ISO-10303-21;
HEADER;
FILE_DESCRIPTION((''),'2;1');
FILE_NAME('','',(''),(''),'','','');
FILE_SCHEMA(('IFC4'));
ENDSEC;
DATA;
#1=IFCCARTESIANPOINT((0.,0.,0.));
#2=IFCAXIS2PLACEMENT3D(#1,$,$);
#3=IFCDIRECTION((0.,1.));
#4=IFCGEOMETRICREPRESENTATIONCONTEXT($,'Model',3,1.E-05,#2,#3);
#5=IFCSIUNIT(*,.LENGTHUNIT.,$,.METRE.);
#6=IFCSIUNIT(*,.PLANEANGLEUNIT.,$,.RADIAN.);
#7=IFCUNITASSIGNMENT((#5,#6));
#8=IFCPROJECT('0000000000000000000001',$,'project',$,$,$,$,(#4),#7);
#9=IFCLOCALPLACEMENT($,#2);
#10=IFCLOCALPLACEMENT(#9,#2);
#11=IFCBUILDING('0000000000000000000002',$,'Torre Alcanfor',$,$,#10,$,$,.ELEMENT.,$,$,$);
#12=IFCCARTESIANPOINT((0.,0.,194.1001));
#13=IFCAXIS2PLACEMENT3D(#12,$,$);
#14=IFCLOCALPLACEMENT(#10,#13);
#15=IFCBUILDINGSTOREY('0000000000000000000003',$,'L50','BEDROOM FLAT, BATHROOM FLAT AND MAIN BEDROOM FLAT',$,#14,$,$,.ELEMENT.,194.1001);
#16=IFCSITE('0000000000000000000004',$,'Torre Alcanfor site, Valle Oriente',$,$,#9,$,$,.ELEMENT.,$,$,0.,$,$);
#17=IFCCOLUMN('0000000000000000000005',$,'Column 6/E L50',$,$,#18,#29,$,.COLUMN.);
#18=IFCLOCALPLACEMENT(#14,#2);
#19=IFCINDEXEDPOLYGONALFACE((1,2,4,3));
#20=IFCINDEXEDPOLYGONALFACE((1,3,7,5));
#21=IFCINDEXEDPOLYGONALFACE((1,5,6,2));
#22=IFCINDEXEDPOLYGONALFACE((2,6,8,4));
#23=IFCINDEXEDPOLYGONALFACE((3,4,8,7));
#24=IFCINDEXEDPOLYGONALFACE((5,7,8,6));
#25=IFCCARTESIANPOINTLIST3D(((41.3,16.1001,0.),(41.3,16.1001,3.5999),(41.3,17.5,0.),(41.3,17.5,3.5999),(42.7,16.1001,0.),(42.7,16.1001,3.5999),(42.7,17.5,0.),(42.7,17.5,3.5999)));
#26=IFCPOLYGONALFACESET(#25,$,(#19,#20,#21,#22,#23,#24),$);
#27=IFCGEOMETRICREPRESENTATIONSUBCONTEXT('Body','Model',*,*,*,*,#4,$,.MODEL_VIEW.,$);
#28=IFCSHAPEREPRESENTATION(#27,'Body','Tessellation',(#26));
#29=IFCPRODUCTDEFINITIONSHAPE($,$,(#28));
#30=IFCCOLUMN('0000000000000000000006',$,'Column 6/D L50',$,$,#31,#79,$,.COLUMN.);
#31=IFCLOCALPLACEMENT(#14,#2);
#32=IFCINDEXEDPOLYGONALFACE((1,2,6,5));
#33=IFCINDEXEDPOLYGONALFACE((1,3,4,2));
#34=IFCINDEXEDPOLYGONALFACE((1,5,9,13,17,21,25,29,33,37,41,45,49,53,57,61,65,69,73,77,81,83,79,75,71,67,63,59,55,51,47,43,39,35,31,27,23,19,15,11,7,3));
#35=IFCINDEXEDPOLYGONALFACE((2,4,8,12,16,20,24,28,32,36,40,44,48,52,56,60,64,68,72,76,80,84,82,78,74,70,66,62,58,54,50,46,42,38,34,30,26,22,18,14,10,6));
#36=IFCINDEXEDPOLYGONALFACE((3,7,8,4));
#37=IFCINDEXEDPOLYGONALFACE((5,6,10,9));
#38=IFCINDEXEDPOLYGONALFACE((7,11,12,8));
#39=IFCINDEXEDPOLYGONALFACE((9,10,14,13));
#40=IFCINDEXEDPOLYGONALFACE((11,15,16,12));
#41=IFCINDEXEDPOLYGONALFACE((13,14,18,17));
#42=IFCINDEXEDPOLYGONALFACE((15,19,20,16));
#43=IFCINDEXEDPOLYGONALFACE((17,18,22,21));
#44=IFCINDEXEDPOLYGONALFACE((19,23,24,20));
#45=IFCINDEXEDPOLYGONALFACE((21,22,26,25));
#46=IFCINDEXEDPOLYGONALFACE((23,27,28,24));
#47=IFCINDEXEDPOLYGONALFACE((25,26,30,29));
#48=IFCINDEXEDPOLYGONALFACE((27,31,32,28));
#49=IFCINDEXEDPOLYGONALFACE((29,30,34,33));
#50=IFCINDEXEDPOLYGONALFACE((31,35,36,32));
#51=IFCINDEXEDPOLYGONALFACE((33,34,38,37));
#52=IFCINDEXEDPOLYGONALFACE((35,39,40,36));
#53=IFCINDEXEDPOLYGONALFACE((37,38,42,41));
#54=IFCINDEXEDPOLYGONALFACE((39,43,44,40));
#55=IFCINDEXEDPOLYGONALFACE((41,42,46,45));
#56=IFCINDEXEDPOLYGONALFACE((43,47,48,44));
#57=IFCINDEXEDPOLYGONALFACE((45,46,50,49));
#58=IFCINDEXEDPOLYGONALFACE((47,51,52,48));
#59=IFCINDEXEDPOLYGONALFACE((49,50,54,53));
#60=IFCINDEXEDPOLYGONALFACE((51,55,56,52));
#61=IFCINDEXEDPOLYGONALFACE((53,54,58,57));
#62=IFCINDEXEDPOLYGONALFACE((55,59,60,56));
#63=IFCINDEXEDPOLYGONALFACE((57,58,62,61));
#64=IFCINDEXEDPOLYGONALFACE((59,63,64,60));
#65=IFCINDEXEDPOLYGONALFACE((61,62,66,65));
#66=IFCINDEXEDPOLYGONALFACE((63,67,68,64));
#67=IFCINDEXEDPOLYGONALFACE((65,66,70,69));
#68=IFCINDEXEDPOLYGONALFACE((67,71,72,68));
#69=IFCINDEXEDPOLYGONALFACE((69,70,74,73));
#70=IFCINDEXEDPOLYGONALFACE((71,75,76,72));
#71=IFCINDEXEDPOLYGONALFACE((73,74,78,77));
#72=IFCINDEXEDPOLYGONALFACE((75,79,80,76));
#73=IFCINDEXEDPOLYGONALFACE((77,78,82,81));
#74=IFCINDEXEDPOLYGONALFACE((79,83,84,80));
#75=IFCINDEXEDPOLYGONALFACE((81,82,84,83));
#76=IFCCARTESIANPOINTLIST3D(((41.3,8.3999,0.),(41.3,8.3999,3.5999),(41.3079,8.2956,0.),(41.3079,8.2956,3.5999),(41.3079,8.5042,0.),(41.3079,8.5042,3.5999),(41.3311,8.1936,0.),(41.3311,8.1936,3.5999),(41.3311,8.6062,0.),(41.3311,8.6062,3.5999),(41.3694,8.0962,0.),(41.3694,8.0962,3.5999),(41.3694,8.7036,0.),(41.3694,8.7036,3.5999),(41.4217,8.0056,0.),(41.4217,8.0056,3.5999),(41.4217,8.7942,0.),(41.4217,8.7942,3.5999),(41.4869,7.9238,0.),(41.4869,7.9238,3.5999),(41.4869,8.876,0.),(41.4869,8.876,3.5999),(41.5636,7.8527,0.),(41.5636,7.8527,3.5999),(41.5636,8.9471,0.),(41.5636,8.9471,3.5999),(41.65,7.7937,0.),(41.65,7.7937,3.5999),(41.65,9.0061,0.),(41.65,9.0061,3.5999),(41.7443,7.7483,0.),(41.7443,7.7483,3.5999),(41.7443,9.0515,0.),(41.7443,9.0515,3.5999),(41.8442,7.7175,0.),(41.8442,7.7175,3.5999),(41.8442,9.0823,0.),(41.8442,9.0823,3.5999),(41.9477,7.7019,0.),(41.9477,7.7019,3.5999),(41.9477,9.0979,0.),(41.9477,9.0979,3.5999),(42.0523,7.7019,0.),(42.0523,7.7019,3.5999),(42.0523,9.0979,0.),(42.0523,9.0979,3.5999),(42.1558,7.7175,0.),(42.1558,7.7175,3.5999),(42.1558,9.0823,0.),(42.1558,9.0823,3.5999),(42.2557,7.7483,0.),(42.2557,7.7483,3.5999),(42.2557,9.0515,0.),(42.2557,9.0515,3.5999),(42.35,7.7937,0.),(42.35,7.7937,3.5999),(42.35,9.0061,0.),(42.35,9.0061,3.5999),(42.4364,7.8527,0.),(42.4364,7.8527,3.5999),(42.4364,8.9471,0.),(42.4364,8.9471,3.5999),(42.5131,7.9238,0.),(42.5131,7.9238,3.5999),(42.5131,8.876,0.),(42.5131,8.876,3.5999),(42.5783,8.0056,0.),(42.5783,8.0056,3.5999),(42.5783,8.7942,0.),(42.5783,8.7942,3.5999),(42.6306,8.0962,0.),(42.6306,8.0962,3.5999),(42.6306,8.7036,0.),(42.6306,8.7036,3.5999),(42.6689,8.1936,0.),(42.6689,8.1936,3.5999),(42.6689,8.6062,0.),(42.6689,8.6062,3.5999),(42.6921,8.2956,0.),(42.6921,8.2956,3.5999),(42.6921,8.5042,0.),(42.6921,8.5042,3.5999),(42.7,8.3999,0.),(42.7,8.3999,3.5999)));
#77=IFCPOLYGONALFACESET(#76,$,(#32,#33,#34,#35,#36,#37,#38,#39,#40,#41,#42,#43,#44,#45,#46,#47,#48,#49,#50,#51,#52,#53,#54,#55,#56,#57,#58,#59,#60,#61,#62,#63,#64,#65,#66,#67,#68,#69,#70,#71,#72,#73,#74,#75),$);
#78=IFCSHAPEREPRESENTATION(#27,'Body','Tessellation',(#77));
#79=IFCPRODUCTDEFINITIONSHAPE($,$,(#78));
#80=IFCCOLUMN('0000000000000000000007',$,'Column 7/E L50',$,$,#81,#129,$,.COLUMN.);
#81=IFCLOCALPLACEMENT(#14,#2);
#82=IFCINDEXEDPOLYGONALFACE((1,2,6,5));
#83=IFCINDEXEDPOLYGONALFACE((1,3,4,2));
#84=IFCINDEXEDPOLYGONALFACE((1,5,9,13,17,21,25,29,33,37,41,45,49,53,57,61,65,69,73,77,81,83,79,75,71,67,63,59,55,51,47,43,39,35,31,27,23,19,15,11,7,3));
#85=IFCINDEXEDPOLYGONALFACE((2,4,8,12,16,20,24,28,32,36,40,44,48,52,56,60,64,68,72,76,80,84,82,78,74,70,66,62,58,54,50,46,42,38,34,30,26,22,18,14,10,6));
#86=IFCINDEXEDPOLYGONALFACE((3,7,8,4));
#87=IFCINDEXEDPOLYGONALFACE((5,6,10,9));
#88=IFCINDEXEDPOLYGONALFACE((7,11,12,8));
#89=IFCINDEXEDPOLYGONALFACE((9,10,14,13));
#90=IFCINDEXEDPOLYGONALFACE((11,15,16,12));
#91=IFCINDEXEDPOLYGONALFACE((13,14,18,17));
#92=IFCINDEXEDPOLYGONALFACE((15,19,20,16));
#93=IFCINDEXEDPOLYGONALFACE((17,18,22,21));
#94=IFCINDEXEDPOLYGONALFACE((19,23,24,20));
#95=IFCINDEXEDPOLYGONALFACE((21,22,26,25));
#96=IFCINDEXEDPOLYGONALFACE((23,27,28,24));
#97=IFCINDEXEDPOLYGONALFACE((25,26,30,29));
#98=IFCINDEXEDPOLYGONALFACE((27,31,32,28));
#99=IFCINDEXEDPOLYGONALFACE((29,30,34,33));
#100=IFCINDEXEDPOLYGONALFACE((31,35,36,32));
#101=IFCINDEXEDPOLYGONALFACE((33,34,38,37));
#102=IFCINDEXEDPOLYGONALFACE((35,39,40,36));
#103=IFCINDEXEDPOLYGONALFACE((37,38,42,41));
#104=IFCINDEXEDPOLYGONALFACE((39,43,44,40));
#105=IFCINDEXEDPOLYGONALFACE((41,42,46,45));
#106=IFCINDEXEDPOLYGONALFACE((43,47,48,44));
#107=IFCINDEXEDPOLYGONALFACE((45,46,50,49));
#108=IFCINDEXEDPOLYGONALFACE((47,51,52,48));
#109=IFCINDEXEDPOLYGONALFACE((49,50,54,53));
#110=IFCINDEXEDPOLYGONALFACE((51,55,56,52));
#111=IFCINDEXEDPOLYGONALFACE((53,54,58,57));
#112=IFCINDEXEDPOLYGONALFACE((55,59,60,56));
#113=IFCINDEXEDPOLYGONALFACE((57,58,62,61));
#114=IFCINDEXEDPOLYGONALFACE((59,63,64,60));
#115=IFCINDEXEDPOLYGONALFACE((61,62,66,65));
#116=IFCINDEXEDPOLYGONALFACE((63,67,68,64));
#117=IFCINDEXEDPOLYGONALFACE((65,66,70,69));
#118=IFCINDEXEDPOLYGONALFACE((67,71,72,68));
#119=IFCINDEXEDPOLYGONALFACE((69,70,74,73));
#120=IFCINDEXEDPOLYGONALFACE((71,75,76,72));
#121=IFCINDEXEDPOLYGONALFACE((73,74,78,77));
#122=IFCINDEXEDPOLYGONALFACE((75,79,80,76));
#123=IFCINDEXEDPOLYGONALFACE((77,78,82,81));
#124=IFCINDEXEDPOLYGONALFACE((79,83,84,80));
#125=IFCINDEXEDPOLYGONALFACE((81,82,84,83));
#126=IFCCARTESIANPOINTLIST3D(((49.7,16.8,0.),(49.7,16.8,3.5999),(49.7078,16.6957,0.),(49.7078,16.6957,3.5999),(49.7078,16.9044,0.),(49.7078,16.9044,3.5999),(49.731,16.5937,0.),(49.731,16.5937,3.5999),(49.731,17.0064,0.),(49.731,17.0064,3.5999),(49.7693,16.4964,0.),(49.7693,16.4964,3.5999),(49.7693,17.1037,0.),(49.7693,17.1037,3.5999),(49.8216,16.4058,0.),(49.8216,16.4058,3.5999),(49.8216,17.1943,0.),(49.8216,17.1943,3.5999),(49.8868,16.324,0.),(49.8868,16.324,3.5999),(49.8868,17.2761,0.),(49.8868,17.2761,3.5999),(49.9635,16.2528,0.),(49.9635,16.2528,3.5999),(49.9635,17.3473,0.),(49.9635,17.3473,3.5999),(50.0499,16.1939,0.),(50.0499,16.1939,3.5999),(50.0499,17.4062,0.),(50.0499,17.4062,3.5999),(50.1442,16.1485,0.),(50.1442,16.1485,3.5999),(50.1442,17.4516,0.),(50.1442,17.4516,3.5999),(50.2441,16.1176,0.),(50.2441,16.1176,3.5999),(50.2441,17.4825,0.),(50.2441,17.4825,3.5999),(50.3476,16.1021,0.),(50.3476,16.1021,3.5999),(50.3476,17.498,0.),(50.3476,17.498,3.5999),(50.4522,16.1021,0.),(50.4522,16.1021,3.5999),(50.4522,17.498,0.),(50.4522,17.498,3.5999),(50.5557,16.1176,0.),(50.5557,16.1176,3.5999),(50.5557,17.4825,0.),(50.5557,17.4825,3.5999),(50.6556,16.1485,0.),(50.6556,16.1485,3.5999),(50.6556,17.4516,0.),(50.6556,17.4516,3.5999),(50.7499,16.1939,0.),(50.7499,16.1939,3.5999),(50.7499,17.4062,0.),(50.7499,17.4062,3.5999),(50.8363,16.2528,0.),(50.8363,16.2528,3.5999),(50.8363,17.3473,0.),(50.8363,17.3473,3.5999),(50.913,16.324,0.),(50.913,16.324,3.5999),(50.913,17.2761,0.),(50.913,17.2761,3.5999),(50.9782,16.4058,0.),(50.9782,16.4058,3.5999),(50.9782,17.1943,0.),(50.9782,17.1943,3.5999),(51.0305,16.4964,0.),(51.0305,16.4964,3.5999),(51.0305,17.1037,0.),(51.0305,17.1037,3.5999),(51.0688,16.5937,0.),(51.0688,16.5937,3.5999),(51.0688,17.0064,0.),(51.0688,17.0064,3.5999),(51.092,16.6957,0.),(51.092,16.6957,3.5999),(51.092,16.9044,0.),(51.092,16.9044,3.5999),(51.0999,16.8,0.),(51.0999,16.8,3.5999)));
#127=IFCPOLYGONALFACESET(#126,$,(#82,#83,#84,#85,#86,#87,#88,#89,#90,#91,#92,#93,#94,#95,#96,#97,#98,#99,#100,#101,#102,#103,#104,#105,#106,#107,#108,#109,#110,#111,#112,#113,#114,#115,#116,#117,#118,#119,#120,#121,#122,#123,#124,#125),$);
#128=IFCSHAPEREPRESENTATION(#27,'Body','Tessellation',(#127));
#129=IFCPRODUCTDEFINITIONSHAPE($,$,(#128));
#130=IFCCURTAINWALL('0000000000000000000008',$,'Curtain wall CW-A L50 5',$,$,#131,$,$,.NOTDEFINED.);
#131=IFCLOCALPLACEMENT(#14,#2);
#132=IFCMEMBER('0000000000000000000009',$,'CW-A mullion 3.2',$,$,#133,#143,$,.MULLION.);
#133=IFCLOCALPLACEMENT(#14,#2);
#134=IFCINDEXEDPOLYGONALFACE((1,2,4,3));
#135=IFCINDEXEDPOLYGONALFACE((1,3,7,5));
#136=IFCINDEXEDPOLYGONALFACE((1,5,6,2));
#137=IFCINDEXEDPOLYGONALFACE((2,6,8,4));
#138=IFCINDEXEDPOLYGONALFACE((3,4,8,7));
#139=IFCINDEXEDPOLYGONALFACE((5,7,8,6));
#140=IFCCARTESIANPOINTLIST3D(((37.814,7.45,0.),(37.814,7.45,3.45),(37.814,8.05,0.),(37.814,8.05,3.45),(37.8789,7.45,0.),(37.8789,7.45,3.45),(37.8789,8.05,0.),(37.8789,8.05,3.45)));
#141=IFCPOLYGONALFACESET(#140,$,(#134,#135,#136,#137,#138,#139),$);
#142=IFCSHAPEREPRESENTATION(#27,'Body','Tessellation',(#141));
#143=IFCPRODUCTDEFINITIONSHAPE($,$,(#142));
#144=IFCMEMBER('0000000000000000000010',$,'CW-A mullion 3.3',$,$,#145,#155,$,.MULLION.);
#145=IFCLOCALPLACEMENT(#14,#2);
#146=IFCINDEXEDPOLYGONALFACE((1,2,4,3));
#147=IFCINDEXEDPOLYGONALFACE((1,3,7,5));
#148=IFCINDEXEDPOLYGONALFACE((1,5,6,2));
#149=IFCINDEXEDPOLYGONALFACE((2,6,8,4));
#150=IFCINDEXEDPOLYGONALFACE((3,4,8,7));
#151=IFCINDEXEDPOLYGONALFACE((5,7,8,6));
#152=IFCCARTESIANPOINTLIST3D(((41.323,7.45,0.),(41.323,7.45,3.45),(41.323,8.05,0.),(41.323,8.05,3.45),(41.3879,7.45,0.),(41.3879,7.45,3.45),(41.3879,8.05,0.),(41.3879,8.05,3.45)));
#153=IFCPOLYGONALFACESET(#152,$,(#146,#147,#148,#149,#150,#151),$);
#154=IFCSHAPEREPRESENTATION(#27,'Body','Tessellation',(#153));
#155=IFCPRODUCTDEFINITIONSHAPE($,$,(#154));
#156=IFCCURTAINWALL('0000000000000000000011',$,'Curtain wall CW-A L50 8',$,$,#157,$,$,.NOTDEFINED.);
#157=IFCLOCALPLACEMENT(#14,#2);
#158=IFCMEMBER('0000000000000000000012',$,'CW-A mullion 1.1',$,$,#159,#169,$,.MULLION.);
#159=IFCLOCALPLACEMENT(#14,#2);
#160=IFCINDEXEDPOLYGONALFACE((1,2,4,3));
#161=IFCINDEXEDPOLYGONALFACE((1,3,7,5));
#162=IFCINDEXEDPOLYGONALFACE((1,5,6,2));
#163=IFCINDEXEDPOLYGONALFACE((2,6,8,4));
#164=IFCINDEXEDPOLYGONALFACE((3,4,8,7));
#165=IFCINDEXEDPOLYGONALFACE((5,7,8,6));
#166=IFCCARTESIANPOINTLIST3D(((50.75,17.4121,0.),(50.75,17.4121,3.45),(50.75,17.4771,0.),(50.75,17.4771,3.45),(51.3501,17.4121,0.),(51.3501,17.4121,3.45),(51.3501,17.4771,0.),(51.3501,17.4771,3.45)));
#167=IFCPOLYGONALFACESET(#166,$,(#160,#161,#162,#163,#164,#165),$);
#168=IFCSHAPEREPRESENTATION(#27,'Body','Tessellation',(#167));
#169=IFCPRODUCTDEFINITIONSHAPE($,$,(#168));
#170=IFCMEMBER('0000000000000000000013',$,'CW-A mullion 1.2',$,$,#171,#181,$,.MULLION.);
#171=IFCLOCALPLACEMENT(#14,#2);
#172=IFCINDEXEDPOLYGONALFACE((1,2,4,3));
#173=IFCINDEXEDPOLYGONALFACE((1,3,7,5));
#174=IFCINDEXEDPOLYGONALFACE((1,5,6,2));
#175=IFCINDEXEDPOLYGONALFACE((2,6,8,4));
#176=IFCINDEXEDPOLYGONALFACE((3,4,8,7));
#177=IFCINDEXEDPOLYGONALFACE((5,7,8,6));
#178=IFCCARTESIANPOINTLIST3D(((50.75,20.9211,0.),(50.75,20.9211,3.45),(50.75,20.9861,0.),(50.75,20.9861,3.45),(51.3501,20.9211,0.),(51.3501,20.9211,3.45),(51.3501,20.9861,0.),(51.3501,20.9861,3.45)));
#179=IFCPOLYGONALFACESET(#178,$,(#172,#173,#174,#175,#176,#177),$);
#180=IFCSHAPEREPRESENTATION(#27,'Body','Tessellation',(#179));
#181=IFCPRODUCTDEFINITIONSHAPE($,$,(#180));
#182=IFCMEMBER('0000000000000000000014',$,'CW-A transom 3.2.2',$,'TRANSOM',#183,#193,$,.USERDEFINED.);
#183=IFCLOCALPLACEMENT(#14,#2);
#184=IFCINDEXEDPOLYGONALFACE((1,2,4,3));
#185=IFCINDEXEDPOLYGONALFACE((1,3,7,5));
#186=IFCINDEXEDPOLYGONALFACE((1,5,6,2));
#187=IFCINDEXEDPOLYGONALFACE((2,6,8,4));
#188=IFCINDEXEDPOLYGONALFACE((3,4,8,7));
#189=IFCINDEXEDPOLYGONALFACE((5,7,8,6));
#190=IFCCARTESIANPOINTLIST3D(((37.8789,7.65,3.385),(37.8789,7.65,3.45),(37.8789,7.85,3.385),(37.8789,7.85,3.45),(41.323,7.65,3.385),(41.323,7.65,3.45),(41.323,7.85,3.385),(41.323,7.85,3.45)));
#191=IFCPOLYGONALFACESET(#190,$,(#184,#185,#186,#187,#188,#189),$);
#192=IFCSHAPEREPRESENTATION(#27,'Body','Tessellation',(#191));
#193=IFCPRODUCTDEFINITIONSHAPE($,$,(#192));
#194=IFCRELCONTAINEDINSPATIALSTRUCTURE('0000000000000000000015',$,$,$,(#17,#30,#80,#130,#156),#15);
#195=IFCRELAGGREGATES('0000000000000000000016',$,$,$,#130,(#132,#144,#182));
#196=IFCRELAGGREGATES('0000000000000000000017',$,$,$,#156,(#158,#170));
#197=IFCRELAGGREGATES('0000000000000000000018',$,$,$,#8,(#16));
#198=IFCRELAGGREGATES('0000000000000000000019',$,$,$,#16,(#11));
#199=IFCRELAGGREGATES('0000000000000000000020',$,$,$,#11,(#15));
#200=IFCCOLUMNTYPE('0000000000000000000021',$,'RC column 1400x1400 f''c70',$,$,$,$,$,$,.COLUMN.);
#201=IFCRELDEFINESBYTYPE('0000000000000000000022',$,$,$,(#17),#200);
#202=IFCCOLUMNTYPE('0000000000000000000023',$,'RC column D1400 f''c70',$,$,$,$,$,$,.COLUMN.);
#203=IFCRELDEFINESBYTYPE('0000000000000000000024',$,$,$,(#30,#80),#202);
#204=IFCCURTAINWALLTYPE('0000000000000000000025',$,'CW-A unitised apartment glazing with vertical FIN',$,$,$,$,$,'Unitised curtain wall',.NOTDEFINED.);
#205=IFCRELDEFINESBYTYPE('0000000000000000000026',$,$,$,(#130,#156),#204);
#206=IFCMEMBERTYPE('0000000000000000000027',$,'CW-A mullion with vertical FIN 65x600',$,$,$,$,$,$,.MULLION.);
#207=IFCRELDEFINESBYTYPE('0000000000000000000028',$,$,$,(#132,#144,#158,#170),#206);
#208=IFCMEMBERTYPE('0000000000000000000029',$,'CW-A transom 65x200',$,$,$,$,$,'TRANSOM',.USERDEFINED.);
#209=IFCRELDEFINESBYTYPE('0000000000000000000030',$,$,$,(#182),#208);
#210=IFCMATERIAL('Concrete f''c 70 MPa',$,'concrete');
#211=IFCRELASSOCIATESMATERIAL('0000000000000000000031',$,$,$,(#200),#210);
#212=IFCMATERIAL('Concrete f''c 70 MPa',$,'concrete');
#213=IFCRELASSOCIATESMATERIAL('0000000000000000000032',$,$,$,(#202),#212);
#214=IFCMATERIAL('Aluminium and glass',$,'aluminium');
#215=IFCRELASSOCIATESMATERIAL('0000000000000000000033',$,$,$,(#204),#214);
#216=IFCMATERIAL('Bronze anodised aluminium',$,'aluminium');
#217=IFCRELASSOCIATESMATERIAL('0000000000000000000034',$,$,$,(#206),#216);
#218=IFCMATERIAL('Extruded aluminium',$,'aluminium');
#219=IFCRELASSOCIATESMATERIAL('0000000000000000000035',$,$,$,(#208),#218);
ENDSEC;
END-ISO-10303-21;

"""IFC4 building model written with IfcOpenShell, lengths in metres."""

from ifc_helpers import new_model, si_unit, direction, frame, origin, origin_2d, place, context, subcontext, project, spatial, rectangle, circle, extrude, material, material_profile, profile_set, type_object, element, aggregate, save


model = new_model("IFC4")

# Units and contexts
model_context = context("Model", 3, precision=1e-05, world=origin(), true_north=direction((0.0, 1.0)))
body_context = subcontext(model_context, "Body", "Model", "MODEL_VIEW")
ifc_project = project(units=[si_unit("LENGTHUNIT", "METRE"), si_unit("PLANEANGLEUNIT", "RADIAN")], contexts=[model_context])

# Site, building, storey
site_placement = place(None, origin())
site = spatial("IfcSite", under=ifc_project, at=site_placement, Name="Torre Alcanfor site, Valle Oriente", CompositionType="ELEMENT", RefElevation=0.0)
building_placement = place(site_placement, origin())
building = spatial("IfcBuilding", under=site, at=building_placement, Name="Torre Alcanfor", CompositionType="ELEMENT")
storey_placement = place(building_placement, frame((0.0, 0.0, 194.1001)))
storey = spatial("IfcBuildingStorey", under=building, at=storey_placement, Name="L50", Description="BEDROOM FLAT, BATHROOM FLAT AND MAIN BEDROOM FLAT", CompositionType="ELEMENT", Elevation=194.1001)

# Columns
ifc_material_1 = material(Name="Concrete f'c 70 MPa", Category="concrete")
ifc_material_profile_1 = material_profile(ifc_material_1, rectangle(XDim=1.3999, YDim=1.3999, at=origin_2d()), Name="1400x1400")
ifc_profile_set_1 = profile_set([ifc_material_profile_1], Name="Concrete f'c 70 MPa")
column_type_1 = type_object("IfcColumnType", Name="RC column 1400x1400 f'c70", PredefinedType="COLUMN", material=ifc_profile_set_1)
column_placement = place(storey_placement, frame((42.0, 16.8, 0.0), z_axis=(0.0, 0.0, 1.0), x_axis=(1.0, 0.0, 0.0)))
element("IfcColumn", 1, at=column_placement, inside=storey, type_object=column_type_1, Name="Column 6/E L50", PredefinedType="COLUMN", context=body_context, shape_type="SweptSolid", body=[
    extrude(rectangle(XDim=1.3999, YDim=1.3999, at=origin_2d()), origin(), (0.0, 0.0, 1.0), 3.5999),
])
ifc_material_2 = material(Name="Concrete f'c 70 MPa", Category="concrete")
ifc_material_profile_2 = material_profile(ifc_material_2, circle(Radius=0.7, at=origin_2d()), Name="D1400")
ifc_profile_set_2 = profile_set([ifc_material_profile_2], Name="Concrete f'c 70 MPa")
column_type_2 = type_object("IfcColumnType", Name="RC column D1400 f'c70", PredefinedType="COLUMN", material=ifc_profile_set_2)
for number, where, z_axis, x_axis, name in (
    (2, (42.0, 8.3999, 0.0), (0.0, 0.0, 1.0), (1.0, 0.0, 0.0), "Column 6/D L50"),
    (3, (50.3999, 16.8, 0.0), (0.0, 0.0, 1.0), (1.0, 0.0, 0.0), "Column 7/E L50"),
):
    element("IfcColumn", number, at=place(storey_placement, frame(where, z_axis=z_axis, x_axis=x_axis)), inside=storey, type_object=column_type_2, Name=name, PredefinedType="COLUMN", context=body_context, shape_type="SweptSolid", body=[
        extrude(circle(Radius=0.7, at=origin_2d()), origin(), (0.0, 0.0, 1.0), 3.5999),
    ])

# Curtain walls, members
ifc_material_3 = material(Name="Aluminium and glass", Category="aluminium")
curtain_wall_type = type_object("IfcCurtainWallType", Name="CW-A unitised apartment glazing with vertical FIN", ElementType="Unitised curtain wall", PredefinedType="NOTDEFINED", material=ifc_material_3)
curtain_wall_1_placement = place(storey_placement, origin())
curtain_wall_1 = element("IfcCurtainWall", 4, at=curtain_wall_1_placement, inside=storey, type_object=curtain_wall_type, Name="Curtain wall CW-A L50 5", PredefinedType="NOTDEFINED")
ifc_material_4 = material(Name="Bronze anodised aluminium", Category="aluminium")
ifc_material_profile_3 = material_profile(ifc_material_4, rectangle(XDim=0.6001, YDim=0.0649, at=origin_2d()), Name="CW-A mullion 65x600")
ifc_profile_set_3 = profile_set([ifc_material_profile_3], Name="Bronze anodised aluminium")
member_type_1 = type_object("IfcMemberType", Name="CW-A mullion with vertical FIN 65x600", PredefinedType="MULLION", material=ifc_profile_set_3)
member_1_placement = place(storey_placement, frame((37.8464, 7.75, 0.0), z_axis=(0.0, 0.0, 1.0), x_axis=(0.0, 1.0, 0.0)))
member_1 = element("IfcMember", 5, at=member_1_placement, type_object=member_type_1, Name="CW-A mullion 3.2", PredefinedType="MULLION", context=body_context, shape_type="SweptSolid", body=[
    extrude(rectangle(XDim=0.6001, YDim=0.0649, at=origin_2d()), origin(), (0.0, 0.0, 1.0), 3.45),
])
member_2_placement = place(storey_placement, frame((41.3555, 7.75, 0.0), z_axis=(0.0, 0.0, 1.0), x_axis=(0.0, 1.0, 0.0)))
member_2 = element("IfcMember", 6, at=member_2_placement, type_object=member_type_1, Name="CW-A mullion 3.3", PredefinedType="MULLION", context=body_context, shape_type="SweptSolid", body=[
    extrude(rectangle(XDim=0.6001, YDim=0.0649, at=origin_2d()), origin(), (0.0, 0.0, 1.0), 3.45),
])
curtain_wall_2_placement = place(storey_placement, origin())
curtain_wall_2 = element("IfcCurtainWall", 7, at=curtain_wall_2_placement, inside=storey, type_object=curtain_wall_type, Name="Curtain wall CW-A L50 8", PredefinedType="NOTDEFINED")
member_3_placement = place(storey_placement, frame((51.05, 17.4446, 0.0), z_axis=(0.0, 0.0, 1.0), x_axis=(-1.0, 0.0, 0.0)))
member_3 = element("IfcMember", 8, at=member_3_placement, type_object=member_type_1, Name="CW-A mullion 1.1", PredefinedType="MULLION", context=body_context, shape_type="SweptSolid", body=[
    extrude(rectangle(XDim=0.6001, YDim=0.0649, at=origin_2d()), origin(), (0.0, 0.0, 1.0), 3.45),
])
member_4_placement = place(storey_placement, frame((51.05, 20.9536, 0.0), z_axis=(0.0, 0.0, 1.0), x_axis=(-1.0, 0.0, 0.0)))
member_4 = element("IfcMember", 9, at=member_4_placement, type_object=member_type_1, Name="CW-A mullion 1.2", PredefinedType="MULLION", context=body_context, shape_type="SweptSolid", body=[
    extrude(rectangle(XDim=0.6001, YDim=0.0649, at=origin_2d()), origin(), (0.0, 0.0, 1.0), 3.45),
])

# Member
ifc_material_5 = material(Name="Extruded aluminium", Category="aluminium")
ifc_material_profile_4 = material_profile(ifc_material_5, rectangle(XDim=0.2, YDim=0.0649, at=origin_2d()), Name="CW-A transom 200x65")
ifc_profile_set_4 = profile_set([ifc_material_profile_4], Name="Extruded aluminium")
member_type_2 = type_object("IfcMemberType", Name="CW-A transom 65x200", ElementType="TRANSOM", PredefinedType="USERDEFINED", material=ifc_profile_set_4)
member_5_placement = place(storey_placement, frame((37.8789, 7.75, 3.4175), z_axis=(1.0, 0.0, 0.0), x_axis=(0.0, 1.0, 0.0)))
member_5 = element("IfcMember", 10, at=member_5_placement, type_object=member_type_2, Name="CW-A transom 3.2.2", ObjectType="TRANSOM", PredefinedType="USERDEFINED", context=body_context, shape_type="SweptSolid", body=[
    extrude(rectangle(XDim=0.2, YDim=0.0649, at=origin_2d()), origin(), (0.0, 0.0, 1.0), 3.4441),
])

aggregate(curtain_wall_1, [member_1, member_2, member_5])
aggregate(curtain_wall_2, [member_3, member_4])

save(model, "model.ifc")
